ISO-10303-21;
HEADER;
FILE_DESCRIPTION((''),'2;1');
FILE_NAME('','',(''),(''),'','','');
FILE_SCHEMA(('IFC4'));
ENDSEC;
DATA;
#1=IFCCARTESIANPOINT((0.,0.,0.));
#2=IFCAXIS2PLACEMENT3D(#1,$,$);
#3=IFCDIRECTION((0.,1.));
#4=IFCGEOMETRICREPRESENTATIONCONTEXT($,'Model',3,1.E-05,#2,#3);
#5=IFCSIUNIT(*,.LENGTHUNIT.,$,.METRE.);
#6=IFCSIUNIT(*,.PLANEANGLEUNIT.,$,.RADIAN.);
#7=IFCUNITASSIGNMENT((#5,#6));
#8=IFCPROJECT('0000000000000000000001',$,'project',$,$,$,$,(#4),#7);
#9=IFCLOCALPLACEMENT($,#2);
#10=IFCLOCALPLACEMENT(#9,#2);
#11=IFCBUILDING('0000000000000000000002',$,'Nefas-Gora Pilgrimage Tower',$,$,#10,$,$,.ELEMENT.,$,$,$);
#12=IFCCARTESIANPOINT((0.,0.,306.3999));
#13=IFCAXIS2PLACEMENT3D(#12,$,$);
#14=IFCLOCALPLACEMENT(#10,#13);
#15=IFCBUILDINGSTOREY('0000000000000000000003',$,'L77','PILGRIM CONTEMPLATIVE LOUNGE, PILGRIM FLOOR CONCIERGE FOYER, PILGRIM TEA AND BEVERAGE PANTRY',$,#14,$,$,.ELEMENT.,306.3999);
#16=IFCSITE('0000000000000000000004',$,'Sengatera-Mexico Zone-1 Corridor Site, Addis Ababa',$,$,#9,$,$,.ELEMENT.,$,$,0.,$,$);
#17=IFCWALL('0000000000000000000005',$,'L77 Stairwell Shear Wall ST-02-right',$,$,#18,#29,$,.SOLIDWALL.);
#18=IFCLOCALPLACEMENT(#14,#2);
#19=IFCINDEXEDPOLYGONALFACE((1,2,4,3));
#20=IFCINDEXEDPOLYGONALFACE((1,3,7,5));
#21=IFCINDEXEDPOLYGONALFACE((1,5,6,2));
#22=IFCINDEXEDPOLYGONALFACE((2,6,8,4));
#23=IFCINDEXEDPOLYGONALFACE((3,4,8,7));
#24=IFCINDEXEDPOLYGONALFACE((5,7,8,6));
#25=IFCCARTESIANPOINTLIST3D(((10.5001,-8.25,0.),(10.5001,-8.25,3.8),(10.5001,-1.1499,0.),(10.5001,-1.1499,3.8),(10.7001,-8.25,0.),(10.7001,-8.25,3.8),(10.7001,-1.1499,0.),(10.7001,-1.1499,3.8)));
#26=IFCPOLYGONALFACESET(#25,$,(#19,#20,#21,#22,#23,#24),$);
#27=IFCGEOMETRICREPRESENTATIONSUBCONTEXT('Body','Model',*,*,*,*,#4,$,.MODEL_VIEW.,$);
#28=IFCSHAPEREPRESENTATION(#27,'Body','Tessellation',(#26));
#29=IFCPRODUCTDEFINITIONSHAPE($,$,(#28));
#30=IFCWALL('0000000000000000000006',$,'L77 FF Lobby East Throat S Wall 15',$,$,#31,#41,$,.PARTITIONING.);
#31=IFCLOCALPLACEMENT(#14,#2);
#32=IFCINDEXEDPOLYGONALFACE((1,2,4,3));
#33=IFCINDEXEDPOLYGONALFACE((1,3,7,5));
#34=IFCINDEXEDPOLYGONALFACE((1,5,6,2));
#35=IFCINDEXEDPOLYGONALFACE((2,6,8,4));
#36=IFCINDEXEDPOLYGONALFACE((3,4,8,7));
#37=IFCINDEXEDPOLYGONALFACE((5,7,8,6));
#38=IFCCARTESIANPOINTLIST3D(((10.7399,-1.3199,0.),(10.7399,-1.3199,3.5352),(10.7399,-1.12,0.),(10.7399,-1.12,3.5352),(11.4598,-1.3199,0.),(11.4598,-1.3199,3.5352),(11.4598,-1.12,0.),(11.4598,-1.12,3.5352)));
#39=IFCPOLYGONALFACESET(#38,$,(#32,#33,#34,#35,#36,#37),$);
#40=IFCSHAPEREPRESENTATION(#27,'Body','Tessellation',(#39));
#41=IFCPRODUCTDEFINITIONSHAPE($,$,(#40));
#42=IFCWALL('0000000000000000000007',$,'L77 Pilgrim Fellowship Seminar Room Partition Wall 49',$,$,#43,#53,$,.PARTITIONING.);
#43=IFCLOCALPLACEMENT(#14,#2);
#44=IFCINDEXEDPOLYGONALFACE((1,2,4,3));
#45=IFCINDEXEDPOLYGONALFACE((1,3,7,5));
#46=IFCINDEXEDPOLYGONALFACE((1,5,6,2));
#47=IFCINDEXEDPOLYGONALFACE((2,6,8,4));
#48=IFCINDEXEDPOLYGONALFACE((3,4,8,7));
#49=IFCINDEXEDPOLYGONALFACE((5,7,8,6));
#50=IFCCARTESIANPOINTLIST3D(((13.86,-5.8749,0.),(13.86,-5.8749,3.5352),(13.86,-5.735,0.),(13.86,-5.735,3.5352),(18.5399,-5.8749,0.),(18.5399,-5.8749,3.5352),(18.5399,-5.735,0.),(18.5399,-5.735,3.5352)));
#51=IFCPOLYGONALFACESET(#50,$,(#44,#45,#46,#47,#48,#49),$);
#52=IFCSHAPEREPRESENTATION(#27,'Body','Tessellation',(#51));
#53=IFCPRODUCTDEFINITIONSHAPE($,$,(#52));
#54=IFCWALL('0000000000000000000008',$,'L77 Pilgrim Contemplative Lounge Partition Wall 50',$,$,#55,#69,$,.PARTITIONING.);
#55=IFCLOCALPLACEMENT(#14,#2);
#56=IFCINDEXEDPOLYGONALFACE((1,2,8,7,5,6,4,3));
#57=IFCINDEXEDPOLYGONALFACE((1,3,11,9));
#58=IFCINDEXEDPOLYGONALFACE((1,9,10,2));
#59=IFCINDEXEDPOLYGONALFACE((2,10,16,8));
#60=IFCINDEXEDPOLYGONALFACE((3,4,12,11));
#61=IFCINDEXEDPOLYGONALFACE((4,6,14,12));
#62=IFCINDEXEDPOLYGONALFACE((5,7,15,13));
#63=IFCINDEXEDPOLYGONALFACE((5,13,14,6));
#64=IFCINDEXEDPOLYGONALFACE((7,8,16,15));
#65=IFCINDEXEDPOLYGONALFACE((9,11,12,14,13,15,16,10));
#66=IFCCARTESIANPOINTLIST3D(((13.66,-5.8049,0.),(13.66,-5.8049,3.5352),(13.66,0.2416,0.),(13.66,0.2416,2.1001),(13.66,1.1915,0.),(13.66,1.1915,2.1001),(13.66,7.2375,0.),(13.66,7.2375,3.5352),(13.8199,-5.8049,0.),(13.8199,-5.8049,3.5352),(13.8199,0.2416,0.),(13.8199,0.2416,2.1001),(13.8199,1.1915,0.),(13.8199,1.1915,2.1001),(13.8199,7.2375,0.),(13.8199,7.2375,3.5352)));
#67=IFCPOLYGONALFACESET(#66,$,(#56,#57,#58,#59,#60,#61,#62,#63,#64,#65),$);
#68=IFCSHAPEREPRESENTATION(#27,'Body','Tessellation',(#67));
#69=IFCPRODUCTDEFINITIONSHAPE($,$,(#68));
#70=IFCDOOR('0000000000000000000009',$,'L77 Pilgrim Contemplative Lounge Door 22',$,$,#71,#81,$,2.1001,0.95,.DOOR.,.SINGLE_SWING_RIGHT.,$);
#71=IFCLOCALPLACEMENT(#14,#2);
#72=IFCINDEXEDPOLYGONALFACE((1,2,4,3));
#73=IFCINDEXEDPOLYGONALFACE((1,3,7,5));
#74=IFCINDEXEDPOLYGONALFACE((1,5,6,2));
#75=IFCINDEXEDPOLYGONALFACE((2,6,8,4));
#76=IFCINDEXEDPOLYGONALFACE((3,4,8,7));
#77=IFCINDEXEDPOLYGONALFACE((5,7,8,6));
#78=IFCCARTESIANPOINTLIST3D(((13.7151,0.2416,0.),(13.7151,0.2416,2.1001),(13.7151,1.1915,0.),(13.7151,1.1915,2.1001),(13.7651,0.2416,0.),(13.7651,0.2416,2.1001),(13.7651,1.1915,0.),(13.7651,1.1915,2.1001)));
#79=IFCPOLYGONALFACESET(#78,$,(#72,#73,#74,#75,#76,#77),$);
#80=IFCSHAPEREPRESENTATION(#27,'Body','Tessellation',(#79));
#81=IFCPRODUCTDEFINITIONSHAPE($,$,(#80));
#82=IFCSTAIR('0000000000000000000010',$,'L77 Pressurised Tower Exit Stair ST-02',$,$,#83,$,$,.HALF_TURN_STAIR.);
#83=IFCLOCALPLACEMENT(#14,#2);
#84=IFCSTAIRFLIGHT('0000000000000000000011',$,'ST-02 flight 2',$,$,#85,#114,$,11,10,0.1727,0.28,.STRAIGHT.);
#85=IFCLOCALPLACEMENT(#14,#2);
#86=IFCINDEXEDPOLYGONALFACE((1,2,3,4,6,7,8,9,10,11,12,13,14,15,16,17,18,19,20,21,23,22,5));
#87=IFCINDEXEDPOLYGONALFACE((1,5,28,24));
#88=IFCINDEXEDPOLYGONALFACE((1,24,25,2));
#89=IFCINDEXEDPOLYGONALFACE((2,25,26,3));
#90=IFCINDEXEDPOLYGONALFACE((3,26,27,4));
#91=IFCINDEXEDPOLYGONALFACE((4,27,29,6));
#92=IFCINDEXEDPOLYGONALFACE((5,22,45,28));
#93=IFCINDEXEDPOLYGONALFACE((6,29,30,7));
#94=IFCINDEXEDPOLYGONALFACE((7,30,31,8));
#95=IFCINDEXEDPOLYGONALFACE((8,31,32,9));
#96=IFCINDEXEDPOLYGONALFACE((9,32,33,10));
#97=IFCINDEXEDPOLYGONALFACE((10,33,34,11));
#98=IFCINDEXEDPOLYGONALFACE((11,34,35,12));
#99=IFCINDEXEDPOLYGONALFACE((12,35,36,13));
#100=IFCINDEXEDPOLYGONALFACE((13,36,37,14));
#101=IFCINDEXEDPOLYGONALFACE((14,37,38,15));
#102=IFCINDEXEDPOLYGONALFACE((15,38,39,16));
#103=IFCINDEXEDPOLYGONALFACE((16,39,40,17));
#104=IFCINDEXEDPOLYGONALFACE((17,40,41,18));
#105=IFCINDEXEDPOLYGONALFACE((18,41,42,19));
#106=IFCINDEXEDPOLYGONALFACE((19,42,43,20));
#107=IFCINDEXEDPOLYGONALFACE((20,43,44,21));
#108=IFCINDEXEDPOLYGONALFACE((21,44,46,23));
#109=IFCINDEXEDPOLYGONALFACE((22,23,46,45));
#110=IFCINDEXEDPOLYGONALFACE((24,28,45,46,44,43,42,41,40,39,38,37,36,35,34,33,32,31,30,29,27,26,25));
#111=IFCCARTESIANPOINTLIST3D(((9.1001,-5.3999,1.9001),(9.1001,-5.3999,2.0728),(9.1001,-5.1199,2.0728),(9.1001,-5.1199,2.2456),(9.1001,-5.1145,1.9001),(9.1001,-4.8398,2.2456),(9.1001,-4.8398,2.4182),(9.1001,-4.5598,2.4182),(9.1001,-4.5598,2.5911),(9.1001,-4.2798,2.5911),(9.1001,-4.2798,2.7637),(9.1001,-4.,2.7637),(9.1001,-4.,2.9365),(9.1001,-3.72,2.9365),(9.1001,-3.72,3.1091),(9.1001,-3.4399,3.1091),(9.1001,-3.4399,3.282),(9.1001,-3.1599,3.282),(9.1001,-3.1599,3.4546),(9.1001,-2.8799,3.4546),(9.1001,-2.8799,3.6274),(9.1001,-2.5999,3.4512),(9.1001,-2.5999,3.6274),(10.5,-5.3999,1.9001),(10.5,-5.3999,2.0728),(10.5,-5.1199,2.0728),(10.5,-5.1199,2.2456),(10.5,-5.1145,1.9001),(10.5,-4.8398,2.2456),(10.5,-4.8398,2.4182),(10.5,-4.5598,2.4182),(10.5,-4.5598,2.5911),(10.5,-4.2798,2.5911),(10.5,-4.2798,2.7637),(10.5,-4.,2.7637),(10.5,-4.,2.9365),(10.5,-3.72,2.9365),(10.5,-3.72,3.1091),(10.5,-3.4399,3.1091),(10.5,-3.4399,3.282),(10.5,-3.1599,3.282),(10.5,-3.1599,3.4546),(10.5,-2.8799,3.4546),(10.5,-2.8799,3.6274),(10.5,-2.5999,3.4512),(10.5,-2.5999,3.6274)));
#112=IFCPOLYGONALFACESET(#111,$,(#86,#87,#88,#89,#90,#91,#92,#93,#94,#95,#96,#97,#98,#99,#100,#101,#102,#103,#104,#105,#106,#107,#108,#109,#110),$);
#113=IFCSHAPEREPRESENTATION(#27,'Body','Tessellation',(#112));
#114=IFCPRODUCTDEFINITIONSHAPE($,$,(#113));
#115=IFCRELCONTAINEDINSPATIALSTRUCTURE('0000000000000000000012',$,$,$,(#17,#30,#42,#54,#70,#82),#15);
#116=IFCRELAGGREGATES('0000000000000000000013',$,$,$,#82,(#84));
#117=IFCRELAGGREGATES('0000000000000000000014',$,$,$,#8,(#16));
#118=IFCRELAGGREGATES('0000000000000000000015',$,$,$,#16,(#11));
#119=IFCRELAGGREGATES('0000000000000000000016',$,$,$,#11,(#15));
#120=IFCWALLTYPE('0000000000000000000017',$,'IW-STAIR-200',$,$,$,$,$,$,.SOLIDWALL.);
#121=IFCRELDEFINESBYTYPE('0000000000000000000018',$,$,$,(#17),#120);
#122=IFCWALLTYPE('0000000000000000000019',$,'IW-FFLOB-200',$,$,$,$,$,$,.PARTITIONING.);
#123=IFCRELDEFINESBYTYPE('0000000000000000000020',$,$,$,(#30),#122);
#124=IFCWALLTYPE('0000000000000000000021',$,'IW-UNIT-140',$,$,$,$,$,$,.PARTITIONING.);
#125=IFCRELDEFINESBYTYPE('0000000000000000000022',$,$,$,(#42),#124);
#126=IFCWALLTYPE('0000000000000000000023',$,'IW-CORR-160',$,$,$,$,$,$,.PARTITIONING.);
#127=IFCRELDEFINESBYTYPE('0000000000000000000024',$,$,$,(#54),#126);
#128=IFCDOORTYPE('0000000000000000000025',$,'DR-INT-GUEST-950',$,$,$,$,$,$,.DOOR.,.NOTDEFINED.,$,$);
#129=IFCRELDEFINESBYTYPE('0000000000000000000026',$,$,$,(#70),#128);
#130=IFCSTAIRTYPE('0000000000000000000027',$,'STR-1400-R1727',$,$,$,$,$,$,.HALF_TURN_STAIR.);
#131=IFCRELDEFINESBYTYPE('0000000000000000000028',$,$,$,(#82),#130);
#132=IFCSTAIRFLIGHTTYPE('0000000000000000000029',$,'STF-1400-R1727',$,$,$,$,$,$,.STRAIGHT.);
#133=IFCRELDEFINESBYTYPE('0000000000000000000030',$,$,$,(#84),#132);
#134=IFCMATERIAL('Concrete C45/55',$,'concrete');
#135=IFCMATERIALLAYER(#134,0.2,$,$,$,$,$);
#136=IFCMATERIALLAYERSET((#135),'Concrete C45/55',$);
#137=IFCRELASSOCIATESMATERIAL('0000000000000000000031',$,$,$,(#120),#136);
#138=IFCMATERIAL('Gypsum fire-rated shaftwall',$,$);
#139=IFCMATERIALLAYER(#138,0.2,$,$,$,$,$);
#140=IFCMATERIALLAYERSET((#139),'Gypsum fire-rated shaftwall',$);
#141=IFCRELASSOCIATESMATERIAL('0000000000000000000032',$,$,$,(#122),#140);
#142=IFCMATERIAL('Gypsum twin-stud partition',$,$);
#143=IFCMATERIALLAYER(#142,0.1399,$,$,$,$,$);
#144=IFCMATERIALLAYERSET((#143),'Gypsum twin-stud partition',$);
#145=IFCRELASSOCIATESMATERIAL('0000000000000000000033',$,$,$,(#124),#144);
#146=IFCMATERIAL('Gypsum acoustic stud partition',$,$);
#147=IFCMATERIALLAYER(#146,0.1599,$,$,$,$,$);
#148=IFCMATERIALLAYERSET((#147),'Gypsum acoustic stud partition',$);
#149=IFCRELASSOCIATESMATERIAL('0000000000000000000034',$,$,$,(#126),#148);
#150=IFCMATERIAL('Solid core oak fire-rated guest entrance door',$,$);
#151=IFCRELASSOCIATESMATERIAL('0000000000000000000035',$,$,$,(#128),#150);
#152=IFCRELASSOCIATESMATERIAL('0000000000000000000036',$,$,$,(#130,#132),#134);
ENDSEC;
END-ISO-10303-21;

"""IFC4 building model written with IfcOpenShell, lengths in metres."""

from ifc_helpers import new_model, si_unit, direction, frame, frame_2d, origin, place, context, subcontext, project, spatial, polyline, rectangle, outline, extrude, source, transform, mapped, material, layer, layer_set, type_object, element, fill, aggregate, save


model = new_model("IFC4")

# Units and contexts
model_context = context("Model", 3, precision=1e-05, world=origin(), true_north=direction((0.0, 1.0)))
body_context = subcontext(model_context, "Body", "Model", "MODEL_VIEW")
ifc_project = project(units=[si_unit("LENGTHUNIT", "METRE"), si_unit("PLANEANGLEUNIT", "RADIAN")], contexts=[model_context])

# Site, building, storey
site_placement = place(None, origin())
site = spatial("IfcSite", under=ifc_project, at=site_placement, Name="Sengatera-Mexico Zone-1 Corridor Site, Addis Ababa", CompositionType="ELEMENT", RefElevation=0.0)
building_placement = place(site_placement, origin())
building = spatial("IfcBuilding", under=site, at=building_placement, Name="Nefas-Gora Pilgrimage Tower", CompositionType="ELEMENT")
storey_placement = place(building_placement, frame((0.0, 0.0, 306.3999)))
storey = spatial("IfcBuildingStorey", under=building, at=storey_placement, Name="L77", Description="PILGRIM CONTEMPLATIVE LOUNGE, PILGRIM FLOOR CONCIERGE FOYER, PILGRIM TEA AND BEVERAGE PANTRY", CompositionType="ELEMENT", Elevation=306.3999)

# Walls
ifc_material_1 = material(Name="Concrete C45/55", Category="concrete")
ifc_layer_1 = layer(ifc_material_1, 0.2)
ifc_layer_set_1 = layer_set([ifc_layer_1], Name="Concrete C45/55")
wall_type_1 = type_object("IfcWallType", Name="IW-STAIR-200", PredefinedType="SOLIDWALL", material=ifc_layer_set_1)
shared_shape_1 = source(origin(), body_context, "Body", "SweptSolid", [
    extrude(rectangle(XDim=7.1001, YDim=0.2, at=frame_2d((3.55, 0.0))), origin(), (0.0, 0.0, 1.0), 3.8),
])
wall_1_placement = place(storey_placement, frame((10.6001, -1.1499, 0.0), z_axis=(0.0, 0.0, 1.0), x_axis=(0.0, -1.0, 0.0)))
element("IfcWall", 1, at=wall_1_placement, inside=storey, type_object=wall_type_1, Name="L77 Stairwell Shear Wall ST-02-right", PredefinedType="SOLIDWALL", context=body_context, shape_type="MappedRepresentation", body=[
    mapped(shared_shape_1, transform((0.0, 0.0, 0.0), x_axis=(1.0, 0.0, 0.0), y_axis=(0.0, 1.0, 0.0), z_axis=(0.0, 0.0, 1.0), scale=1.0)),
])
ifc_material_2 = material(Name="Gypsum fire-rated shaftwall")
ifc_layer_2 = layer(ifc_material_2, 0.2)
ifc_layer_set_2 = layer_set([ifc_layer_2], Name="Gypsum fire-rated shaftwall")
wall_type_2 = type_object("IfcWallType", Name="IW-FFLOB-200", PredefinedType="PARTITIONING", material=ifc_layer_set_2)
shared_shape_2 = source(origin(), body_context, "Body", "SweptSolid", [
    extrude(rectangle(XDim=0.72, YDim=0.2, at=frame_2d((0.3599, 0.0))), origin(), (0.0, 0.0, 1.0), 3.5352),
])
wall_2_placement = place(storey_placement, frame((10.74, -1.22, 0.0), z_axis=(0.0, 0.0, 1.0), x_axis=(1.0, 0.0, 0.0)))
element("IfcWall", 2, at=wall_2_placement, inside=storey, type_object=wall_type_2, Name="L77 FF Lobby East Throat S Wall 15", PredefinedType="PARTITIONING", context=body_context, shape_type="MappedRepresentation", body=[
    mapped(shared_shape_2, transform((0.0, 0.0, 0.0), x_axis=(1.0, 0.0, 0.0), y_axis=(0.0, 1.0, 0.0), z_axis=(0.0, 0.0, 1.0), scale=1.0)),
])

# Wall
ifc_material_3 = material(Name="Gypsum twin-stud partition")
ifc_layer_3 = layer(ifc_material_3, 0.1399)
ifc_layer_set_3 = layer_set([ifc_layer_3], Name="Gypsum twin-stud partition")
wall_type_3 = type_object("IfcWallType", Name="IW-UNIT-140", PredefinedType="PARTITIONING", material=ifc_layer_set_3)
shared_shape_3 = source(origin(), body_context, "Body", "SweptSolid", [
    extrude(rectangle(XDim=4.6799, YDim=0.1399, at=frame_2d((2.3398, 0.0))), origin(), (0.0, 0.0, 1.0), 3.5352),
])
wall_3_placement = place(storey_placement, frame((13.8601, -5.8049, 0.0), z_axis=(0.0, 0.0, 1.0), x_axis=(1.0, 0.0, 0.0)))
element("IfcWall", 3, at=wall_3_placement, inside=storey, type_object=wall_type_3, Name="L77 Pilgrim Fellowship Seminar Room Partition Wall 49", PredefinedType="PARTITIONING", context=body_context, shape_type="MappedRepresentation", body=[
    mapped(shared_shape_3, transform((0.0, 0.0, 0.0), x_axis=(1.0, 0.0, 0.0), y_axis=(0.0, 1.0, 0.0), z_axis=(0.0, 0.0, 1.0), scale=1.0)),
])

# Wall, opening, door
ifc_material_4 = material(Name="Gypsum acoustic stud partition")
ifc_layer_4 = layer(ifc_material_4, 0.1599)
ifc_layer_set_4 = layer_set([ifc_layer_4], Name="Gypsum acoustic stud partition")
wall_type_4 = type_object("IfcWallType", Name="IW-CORR-160", PredefinedType="PARTITIONING", material=ifc_layer_set_4)
shared_shape_4 = source(origin(), body_context, "Body", "SweptSolid", [
    extrude(rectangle(XDim=13.0425, YDim=0.1599, at=frame_2d((6.5212, 0.0))), origin(), (0.0, 0.0, 1.0), 3.5352),
])
wall_4_placement = place(storey_placement, frame((13.74, -5.8049, 0.0), z_axis=(0.0, 0.0, 1.0), x_axis=(0.0, 1.0, 0.0)))
wall_4 = element("IfcWall", 4, at=wall_4_placement, inside=storey, type_object=wall_type_4, Name="L77 Pilgrim Contemplative Lounge Partition Wall 50", PredefinedType="PARTITIONING", context=body_context, shape_type="MappedRepresentation", body=[
    mapped(shared_shape_4, transform((0.0, 0.0, 0.0), x_axis=(1.0, 0.0, 0.0), y_axis=(0.0, 1.0, 0.0), z_axis=(0.0, 0.0, 1.0), scale=1.0)),
])
opening_1_placement = place(wall_4_placement, frame((6.0464, 0.0, 0.0)))
opening_1 = element("IfcOpeningElement", 5, at=opening_1_placement, cuts=wall_4, PredefinedType="OPENING", context=body_context, shape_type="SweptSolid", body=[
    extrude(rectangle(XDim=0.95, YDim=2.1001, at=frame_2d((0.4751, 1.05))), frame((0.0, 0.0898, 0.0), z_axis=(0.0, -1.0, 0.0), x_axis=(1.0, 0.0, 0.0)), (0.0, 0.0, 1.0), 0.1799),
])
ifc_material_5 = material(Name="Solid core oak fire-rated guest entrance door")
door_type_1 = type_object("IfcDoorType", Name="DR-INT-GUEST-950", OperationType="NOTDEFINED", PredefinedType="DOOR", material=ifc_material_5)
shared_shape_5 = source(origin(), body_context, "Body", "SweptSolid", [
    extrude(rectangle(XDim=0.95, YDim=2.1001, at=frame_2d((0.4751, 1.05))), frame((0.0, 0.0249, 0.0), z_axis=(0.0, -1.0, 0.0), x_axis=(1.0, 0.0, 0.0)), (0.0, 0.0, 1.0), 0.05),
])
door_1_placement = place(opening_1_placement, origin())
door_1 = element("IfcDoor", 6, at=door_1_placement, inside=storey, type_object=door_type_1, Name="L77 Pilgrim Contemplative Lounge Door 22", OperationType="SINGLE_SWING_RIGHT", OverallHeight=2.1001, OverallWidth=0.95, PredefinedType="DOOR", context=body_context, shape_type="MappedRepresentation", body=[
    mapped(shared_shape_5, transform((0.0, 0.0, 0.0), x_axis=(1.0, 0.0, 0.0), y_axis=(0.0, 1.0, 0.0), z_axis=(0.0, 0.0, 1.0), scale=1.0)),
])
fill(opening_1, door_1)

# Stair, stair flight
stair_type = type_object("IfcStairType", Name="STR-1400-R1727", PredefinedType="HALF_TURN_STAIR", material=ifc_material_1)
stair_placement = place(storey_placement, origin())
stair = element("IfcStair", 7, at=stair_placement, inside=storey, type_object=stair_type, Name="L77 Pressurised Tower Exit Stair ST-02", PredefinedType="HALF_TURN_STAIR")
stair_flight_type = type_object("IfcStairFlightType", Name="STF-1400-R1727", PredefinedType="STRAIGHT", material=ifc_material_1)
shared_shape_6 = source(origin(), body_context, "Body", "SweptSolid", [
    extrude(outline(polyline([(0.0, 0.0), (0.0, 0.1726), (0.28, 0.1726), (0.28, 0.3455), (0.5601, 0.3455), (0.5601, 0.5181), (0.8401, 0.5181), (0.8401, 0.6909), (1.1201, 0.6909), (1.1201, 0.8635), (1.3999, 0.8635), (1.3999, 1.0364), (1.6799, 1.0364), (1.6799, 1.209), (1.96, 1.209), (1.96, 1.3818), (2.24, 1.3818), (2.24, 1.5544), (2.52, 1.5544), (2.52, 1.7273), (2.8, 1.7273), (2.8, 1.8999), (2.8, 1.551), (0.2854, 0.0), (0.0, 0.0)])), frame((0.0, 0.7, 0.0), z_axis=(0.0, -1.0, 0.0), x_axis=(1.0, 0.0, 0.0)), (0.0, 0.0, 1.0), 1.3999),
])
stair_flight_placement = place(storey_placement, frame((9.8, -5.3999, 1.9001), z_axis=(0.0, 0.0, 1.0), x_axis=(0.0, 1.0, 0.0)))
stair_flight = element("IfcStairFlight", 8, at=stair_flight_placement, type_object=stair_flight_type, Name="ST-02 flight 2", NumberOfRisers=11, NumberOfTreads=10, PredefinedType="STRAIGHT", RiserHeight=0.1727, TreadLength=0.28, context=body_context, shape_type="MappedRepresentation", body=[
    mapped(shared_shape_6, transform((0.0, 0.0, 0.0), x_axis=(1.0, 0.0, 0.0), y_axis=(0.0, 1.0, 0.0), z_axis=(0.0, 0.0, 1.0), scale=1.0)),
])
aggregate(stair, [stair_flight])

save(model, "model.ifc")
